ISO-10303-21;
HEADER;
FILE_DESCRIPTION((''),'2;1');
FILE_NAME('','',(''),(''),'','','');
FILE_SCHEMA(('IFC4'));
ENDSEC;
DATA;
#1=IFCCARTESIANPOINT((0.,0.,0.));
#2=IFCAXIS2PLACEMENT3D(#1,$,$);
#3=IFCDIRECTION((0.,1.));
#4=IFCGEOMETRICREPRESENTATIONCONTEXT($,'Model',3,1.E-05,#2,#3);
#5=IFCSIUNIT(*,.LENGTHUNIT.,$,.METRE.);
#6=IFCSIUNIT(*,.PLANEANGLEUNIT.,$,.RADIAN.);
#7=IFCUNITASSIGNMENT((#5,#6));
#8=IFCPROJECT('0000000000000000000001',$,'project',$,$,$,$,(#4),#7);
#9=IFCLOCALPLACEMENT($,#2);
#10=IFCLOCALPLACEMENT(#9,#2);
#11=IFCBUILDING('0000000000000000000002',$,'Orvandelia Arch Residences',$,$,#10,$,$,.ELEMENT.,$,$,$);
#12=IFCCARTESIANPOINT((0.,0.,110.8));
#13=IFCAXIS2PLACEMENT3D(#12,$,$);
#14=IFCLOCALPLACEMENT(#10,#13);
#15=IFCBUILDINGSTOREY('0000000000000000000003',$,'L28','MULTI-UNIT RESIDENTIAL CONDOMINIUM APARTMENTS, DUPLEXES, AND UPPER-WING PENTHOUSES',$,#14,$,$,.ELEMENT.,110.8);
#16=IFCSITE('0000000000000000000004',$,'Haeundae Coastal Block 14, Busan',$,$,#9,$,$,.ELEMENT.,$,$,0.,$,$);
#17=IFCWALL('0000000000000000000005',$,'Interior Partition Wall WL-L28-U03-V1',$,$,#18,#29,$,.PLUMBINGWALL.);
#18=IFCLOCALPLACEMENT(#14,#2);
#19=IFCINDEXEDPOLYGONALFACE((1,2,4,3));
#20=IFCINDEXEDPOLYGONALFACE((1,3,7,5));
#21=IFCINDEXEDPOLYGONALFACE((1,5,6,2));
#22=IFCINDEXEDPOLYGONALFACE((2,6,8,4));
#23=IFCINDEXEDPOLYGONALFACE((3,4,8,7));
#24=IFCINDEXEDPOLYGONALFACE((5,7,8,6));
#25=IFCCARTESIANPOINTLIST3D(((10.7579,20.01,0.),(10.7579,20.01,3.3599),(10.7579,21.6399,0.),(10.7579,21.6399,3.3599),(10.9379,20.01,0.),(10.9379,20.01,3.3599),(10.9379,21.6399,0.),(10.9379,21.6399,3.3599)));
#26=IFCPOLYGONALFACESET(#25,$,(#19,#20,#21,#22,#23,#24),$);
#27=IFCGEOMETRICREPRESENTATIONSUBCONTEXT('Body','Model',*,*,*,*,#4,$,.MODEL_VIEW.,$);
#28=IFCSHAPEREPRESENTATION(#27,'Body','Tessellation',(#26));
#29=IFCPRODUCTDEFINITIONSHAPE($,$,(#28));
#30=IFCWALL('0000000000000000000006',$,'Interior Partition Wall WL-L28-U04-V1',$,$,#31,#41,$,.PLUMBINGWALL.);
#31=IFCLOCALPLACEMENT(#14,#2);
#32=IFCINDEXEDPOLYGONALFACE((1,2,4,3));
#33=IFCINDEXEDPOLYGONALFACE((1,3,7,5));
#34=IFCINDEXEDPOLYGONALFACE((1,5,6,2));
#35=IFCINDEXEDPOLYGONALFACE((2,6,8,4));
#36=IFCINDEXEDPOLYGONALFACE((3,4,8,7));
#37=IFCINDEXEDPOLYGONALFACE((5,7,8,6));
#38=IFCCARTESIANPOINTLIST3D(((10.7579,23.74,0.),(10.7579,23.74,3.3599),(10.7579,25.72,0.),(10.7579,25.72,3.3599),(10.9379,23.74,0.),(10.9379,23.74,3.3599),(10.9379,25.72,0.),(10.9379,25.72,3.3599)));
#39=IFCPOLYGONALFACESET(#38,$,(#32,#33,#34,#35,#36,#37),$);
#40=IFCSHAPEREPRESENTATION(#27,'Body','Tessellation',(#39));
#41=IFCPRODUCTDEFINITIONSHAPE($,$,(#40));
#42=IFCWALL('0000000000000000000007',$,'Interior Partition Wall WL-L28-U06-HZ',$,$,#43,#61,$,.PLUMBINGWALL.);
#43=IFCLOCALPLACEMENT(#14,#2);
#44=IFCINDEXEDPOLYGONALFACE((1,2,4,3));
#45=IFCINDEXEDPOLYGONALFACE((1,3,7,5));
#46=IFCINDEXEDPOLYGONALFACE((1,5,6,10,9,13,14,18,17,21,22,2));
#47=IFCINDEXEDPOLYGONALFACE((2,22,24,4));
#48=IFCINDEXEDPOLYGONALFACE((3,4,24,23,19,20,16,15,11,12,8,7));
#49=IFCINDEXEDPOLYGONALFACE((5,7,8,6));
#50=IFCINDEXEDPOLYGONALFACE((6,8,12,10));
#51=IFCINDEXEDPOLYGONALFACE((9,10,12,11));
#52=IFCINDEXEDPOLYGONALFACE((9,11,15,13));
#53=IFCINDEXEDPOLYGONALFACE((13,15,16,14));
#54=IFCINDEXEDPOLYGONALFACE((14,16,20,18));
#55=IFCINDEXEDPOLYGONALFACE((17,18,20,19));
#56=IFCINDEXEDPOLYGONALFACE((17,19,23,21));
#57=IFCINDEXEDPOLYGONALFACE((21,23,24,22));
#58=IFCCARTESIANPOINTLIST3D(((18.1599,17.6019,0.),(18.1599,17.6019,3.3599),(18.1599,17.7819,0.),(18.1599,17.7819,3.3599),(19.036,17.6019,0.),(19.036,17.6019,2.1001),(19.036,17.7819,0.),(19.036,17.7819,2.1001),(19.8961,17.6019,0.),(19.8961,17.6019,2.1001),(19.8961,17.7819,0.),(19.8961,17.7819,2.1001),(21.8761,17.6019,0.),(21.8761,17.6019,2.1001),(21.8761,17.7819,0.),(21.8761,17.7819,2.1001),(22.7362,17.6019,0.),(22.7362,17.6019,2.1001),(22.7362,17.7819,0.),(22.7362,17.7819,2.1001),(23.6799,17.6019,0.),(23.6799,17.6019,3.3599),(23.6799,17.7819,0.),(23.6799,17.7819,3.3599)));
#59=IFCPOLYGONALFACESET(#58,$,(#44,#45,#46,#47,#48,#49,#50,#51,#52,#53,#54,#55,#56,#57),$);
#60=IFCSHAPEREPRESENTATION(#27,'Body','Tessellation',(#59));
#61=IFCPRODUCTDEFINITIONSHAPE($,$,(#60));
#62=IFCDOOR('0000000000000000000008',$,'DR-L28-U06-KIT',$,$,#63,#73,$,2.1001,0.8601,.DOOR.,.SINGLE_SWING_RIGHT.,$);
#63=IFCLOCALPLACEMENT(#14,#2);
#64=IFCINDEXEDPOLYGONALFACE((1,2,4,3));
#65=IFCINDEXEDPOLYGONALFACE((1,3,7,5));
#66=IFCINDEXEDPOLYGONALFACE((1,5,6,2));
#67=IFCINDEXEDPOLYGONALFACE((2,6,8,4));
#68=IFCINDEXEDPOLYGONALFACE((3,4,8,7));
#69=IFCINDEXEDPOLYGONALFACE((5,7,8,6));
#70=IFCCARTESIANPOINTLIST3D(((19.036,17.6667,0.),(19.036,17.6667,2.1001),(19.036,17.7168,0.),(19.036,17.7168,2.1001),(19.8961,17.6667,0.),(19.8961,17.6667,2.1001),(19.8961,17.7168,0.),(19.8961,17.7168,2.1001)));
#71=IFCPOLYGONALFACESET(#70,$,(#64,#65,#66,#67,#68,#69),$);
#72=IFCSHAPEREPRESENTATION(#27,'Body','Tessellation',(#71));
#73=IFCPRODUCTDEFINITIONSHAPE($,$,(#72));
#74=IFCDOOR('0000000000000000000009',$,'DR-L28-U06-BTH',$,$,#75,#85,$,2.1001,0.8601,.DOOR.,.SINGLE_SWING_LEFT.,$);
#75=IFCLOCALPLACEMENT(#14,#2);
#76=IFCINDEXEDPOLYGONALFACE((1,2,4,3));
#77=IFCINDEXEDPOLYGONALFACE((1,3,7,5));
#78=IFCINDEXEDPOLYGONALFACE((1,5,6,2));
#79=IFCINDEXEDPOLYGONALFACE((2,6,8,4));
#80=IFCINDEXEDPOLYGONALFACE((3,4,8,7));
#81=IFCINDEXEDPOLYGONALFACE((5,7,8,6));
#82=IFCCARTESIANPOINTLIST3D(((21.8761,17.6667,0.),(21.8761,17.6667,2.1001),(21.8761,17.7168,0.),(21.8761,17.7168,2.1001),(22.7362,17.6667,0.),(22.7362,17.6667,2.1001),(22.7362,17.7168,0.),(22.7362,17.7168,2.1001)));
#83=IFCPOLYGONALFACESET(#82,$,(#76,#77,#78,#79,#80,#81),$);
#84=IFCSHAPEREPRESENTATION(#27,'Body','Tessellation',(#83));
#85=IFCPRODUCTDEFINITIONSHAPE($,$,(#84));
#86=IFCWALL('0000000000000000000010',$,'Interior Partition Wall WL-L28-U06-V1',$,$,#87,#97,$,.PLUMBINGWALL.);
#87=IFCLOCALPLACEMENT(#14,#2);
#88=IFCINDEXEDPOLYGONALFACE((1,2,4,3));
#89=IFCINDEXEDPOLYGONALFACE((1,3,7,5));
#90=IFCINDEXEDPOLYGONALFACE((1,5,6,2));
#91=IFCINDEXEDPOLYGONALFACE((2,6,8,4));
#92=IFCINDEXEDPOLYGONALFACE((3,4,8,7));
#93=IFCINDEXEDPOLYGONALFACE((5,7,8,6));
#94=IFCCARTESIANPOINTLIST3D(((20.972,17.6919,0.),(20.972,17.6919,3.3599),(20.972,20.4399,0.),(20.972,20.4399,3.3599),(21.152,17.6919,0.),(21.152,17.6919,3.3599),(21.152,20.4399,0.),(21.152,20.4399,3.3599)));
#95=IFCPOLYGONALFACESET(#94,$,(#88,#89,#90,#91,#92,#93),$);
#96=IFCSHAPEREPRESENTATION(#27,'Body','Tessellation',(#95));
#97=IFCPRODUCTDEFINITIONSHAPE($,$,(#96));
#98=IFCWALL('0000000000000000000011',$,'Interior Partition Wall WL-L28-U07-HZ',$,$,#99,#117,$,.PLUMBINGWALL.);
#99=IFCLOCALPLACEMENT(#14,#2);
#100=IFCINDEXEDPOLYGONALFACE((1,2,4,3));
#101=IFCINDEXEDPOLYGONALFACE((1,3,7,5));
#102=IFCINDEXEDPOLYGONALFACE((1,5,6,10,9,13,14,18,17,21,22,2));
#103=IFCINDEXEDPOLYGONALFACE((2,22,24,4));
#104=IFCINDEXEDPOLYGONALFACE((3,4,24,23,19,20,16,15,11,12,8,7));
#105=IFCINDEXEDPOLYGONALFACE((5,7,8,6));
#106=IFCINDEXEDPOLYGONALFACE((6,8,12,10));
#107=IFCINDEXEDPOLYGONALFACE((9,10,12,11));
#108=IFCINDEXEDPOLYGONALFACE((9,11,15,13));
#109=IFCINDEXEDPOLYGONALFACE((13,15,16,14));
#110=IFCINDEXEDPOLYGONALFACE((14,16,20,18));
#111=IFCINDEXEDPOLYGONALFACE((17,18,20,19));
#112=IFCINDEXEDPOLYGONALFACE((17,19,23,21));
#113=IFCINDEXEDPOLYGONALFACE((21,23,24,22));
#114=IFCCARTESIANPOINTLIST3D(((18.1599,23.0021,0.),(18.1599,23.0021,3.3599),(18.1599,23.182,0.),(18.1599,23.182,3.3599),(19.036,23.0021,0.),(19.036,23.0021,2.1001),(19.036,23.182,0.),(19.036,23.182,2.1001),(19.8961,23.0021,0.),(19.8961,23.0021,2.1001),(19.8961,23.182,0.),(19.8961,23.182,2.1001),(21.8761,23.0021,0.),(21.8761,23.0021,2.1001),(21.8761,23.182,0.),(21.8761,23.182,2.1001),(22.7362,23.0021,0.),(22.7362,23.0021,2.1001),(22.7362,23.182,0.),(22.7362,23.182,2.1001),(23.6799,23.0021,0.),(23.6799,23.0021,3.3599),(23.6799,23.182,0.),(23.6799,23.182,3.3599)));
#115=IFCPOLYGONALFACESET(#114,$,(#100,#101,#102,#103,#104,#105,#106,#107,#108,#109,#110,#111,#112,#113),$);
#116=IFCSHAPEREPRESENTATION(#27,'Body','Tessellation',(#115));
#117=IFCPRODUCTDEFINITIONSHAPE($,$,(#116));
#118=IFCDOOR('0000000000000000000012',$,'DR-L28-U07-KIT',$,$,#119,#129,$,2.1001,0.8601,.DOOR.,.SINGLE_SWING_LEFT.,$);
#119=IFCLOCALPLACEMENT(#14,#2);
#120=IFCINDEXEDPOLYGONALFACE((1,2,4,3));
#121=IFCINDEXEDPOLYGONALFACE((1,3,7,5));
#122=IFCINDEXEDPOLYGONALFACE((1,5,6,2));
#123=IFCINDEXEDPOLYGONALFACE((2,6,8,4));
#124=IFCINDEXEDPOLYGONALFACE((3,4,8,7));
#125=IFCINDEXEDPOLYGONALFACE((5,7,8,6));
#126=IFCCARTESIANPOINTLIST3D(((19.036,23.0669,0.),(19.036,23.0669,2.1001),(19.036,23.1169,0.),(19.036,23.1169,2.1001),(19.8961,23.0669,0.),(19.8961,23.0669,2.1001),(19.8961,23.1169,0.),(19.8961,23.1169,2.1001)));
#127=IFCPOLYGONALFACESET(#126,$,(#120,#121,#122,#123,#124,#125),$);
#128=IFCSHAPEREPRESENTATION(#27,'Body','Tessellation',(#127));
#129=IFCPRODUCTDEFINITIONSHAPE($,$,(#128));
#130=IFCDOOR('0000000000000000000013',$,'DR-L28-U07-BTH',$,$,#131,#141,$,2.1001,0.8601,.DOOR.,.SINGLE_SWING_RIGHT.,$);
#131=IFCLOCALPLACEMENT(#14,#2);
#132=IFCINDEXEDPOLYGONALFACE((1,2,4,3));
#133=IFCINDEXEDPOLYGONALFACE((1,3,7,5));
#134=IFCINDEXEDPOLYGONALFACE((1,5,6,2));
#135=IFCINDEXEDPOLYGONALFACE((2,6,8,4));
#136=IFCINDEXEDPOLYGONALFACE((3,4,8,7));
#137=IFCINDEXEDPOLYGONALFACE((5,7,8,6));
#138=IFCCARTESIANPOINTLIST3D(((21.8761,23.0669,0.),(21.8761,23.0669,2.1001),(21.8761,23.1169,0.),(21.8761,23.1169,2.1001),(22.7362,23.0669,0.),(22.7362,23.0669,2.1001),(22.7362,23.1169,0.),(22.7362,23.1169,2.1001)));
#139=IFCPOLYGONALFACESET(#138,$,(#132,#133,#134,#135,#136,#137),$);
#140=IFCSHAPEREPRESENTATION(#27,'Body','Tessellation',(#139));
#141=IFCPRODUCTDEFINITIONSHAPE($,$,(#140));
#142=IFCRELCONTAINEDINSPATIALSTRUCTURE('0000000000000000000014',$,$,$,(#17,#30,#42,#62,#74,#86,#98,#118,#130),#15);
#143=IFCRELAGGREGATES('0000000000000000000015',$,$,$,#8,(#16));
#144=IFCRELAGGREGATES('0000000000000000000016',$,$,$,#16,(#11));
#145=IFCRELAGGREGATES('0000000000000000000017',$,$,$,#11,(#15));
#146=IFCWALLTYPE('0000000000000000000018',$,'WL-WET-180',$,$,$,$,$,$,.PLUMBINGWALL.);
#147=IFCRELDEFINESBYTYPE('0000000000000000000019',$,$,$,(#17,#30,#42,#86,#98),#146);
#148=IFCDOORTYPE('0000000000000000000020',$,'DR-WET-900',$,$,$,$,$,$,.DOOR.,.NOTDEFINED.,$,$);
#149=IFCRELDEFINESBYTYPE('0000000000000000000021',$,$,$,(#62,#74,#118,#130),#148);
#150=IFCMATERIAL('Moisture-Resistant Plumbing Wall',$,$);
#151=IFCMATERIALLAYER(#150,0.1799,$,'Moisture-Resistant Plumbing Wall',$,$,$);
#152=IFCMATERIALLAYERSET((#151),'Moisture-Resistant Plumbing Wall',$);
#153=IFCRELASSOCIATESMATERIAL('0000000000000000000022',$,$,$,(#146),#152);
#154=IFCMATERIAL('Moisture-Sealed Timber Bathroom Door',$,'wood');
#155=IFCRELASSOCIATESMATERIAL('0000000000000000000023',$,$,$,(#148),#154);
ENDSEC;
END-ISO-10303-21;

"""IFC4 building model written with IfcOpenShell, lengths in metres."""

from ifc_helpers import new_model, si_unit, direction, frame, frame_2d, origin, place, context, subcontext, project, spatial, rectangle, extrude, material, layer, layer_set, type_object, element, fill, save


model = new_model("IFC4")

# Units and contexts
model_context = context("Model", 3, precision=1e-05, world=origin(), true_north=direction((0.0, 1.0)))
body_context = subcontext(model_context, "Body", "Model", "MODEL_VIEW")
ifc_project = project(units=[si_unit("LENGTHUNIT", "METRE"), si_unit("PLANEANGLEUNIT", "RADIAN")], contexts=[model_context])

# Site, building, storey
site_placement = place(None, origin())
site = spatial("IfcSite", under=ifc_project, at=site_placement, Name="Haeundae Coastal Block 14, Busan", CompositionType="ELEMENT", RefElevation=0.0)
building_placement = place(site_placement, origin())
building = spatial("IfcBuilding", under=site, at=building_placement, Name="Orvandelia Arch Residences", CompositionType="ELEMENT")
storey_placement = place(building_placement, frame((0.0, 0.0, 110.8)))
storey = spatial("IfcBuildingStorey", under=building, at=storey_placement, Name="L28", Description="MULTI-UNIT RESIDENTIAL CONDOMINIUM APARTMENTS, DUPLEXES, AND UPPER-WING PENTHOUSES", CompositionType="ELEMENT", Elevation=110.8)

# Walls
ifc_material_1 = material(Name="Moisture-Resistant Plumbing Wall")
ifc_layer_1 = layer(ifc_material_1, 0.1799, Name="Moisture-Resistant Plumbing Wall")
ifc_layer_set_1 = layer_set([ifc_layer_1], Name="Moisture-Resistant Plumbing Wall")
wall_type_1 = type_object("IfcWallType", Name="WL-WET-180", PredefinedType="PLUMBINGWALL", material=ifc_layer_set_1)
wall_1_placement = place(storey_placement, frame((10.8479, 20.01, 0.0), z_axis=(0.0, 0.0, 1.0), x_axis=(0.0, 1.0, 0.0)))
element("IfcWall", 1, at=wall_1_placement, inside=storey, type_object=wall_type_1, Name="Interior Partition Wall WL-L28-U03-V1", PredefinedType="PLUMBINGWALL", context=body_context, shape_type="SweptSolid", body=[
    extrude(rectangle(XDim=1.6299, YDim=0.1799, at=frame_2d((0.8149, 0.0))), origin(), (0.0, 0.0, 1.0), 3.3599),
])
wall_2_placement = place(storey_placement, frame((10.8479, 23.74, 0.0), z_axis=(0.0, 0.0, 1.0), x_axis=(0.0, 1.0, 0.0)))
element("IfcWall", 2, at=wall_2_placement, inside=storey, type_object=wall_type_1, Name="Interior Partition Wall WL-L28-U04-V1", PredefinedType="PLUMBINGWALL", context=body_context, shape_type="SweptSolid", body=[
    extrude(rectangle(XDim=1.98, YDim=0.1799, at=frame_2d((0.99, 0.0))), origin(), (0.0, 0.0, 1.0), 3.3599),
])

# Wall, openings, doors
wall_3_placement = place(storey_placement, frame((18.1599, 17.6919, 0.0), z_axis=(0.0, 0.0, 1.0), x_axis=(1.0, 0.0, 0.0)))
wall_3 = element("IfcWall", 3, at=wall_3_placement, inside=storey, type_object=wall_type_1, Name="Interior Partition Wall WL-L28-U06-HZ", PredefinedType="PLUMBINGWALL", context=body_context, shape_type="SweptSolid", body=[
    extrude(rectangle(XDim=5.52, YDim=0.1799, at=frame_2d((2.76, 0.0))), origin(), (0.0, 0.0, 1.0), 3.3599),
])
opening_1_placement = place(wall_3_placement, frame((0.876, 0.0, 0.0)))
opening_1 = element("IfcOpeningElement", 4, at=opening_1_placement, cuts=wall_3, PredefinedType="OPENING", context=body_context, shape_type="SweptSolid", body=[
    extrude(rectangle(XDim=0.8601, YDim=2.1001, at=frame_2d((0.4302, 1.05))), frame((0.0, 0.1001, 0.0), z_axis=(0.0, -1.0, 0.0), x_axis=(1.0, 0.0, 0.0)), (0.0, 0.0, 1.0), 0.2),
])
opening_2_placement = place(wall_3_placement, frame((3.7161, 0.0, 0.0)))
opening_2 = element("IfcOpeningElement", 5, at=opening_2_placement, cuts=wall_3, PredefinedType="OPENING", context=body_context, shape_type="SweptSolid", body=[
    extrude(rectangle(XDim=0.8601, YDim=2.1001, at=frame_2d((0.4302, 1.05))), frame((0.0, 0.1001, 0.0), z_axis=(0.0, -1.0, 0.0), x_axis=(1.0, 0.0, 0.0)), (0.0, 0.0, 1.0), 0.2),
])
ifc_material_2 = material(Name="Moisture-Sealed Timber Bathroom Door", Category="wood")
door_type_1 = type_object("IfcDoorType", Name="DR-WET-900", OperationType="NOTDEFINED", PredefinedType="DOOR", material=ifc_material_2)
door_1_placement = place(opening_1_placement, origin())
door_1 = element("IfcDoor", 6, at=door_1_placement, inside=storey, type_object=door_type_1, Name="DR-L28-U06-KIT", OperationType="SINGLE_SWING_RIGHT", OverallHeight=2.1001, OverallWidth=0.8601, PredefinedType="DOOR", context=body_context, shape_type="SweptSolid", body=[
    extrude(rectangle(XDim=0.8601, YDim=2.1001, at=frame_2d((0.4302, 1.05))), frame((0.0, 0.0249, 0.0), z_axis=(0.0, -1.0, 0.0), x_axis=(1.0, 0.0, 0.0)), (0.0, 0.0, 1.0), 0.05),
])
fill(opening_1, door_1)
door_2_placement = place(opening_2_placement, origin())
door_2 = element("IfcDoor", 7, at=door_2_placement, inside=storey, type_object=door_type_1, Name="DR-L28-U06-BTH", OperationType="SINGLE_SWING_LEFT", OverallHeight=2.1001, OverallWidth=0.8601, PredefinedType="DOOR", context=body_context, shape_type="SweptSolid", body=[
    extrude(rectangle(XDim=0.8601, YDim=2.1001, at=frame_2d((0.4302, 1.05))), frame((0.0, 0.0249, 0.0), z_axis=(0.0, -1.0, 0.0), x_axis=(1.0, 0.0, 0.0)), (0.0, 0.0, 1.0), 0.05),
])
fill(opening_2, door_2)

# Wall
wall_4_placement = place(storey_placement, frame((21.062, 17.6919, 0.0), z_axis=(0.0, 0.0, 1.0), x_axis=(0.0, 1.0, 0.0)))
element("IfcWall", 8, at=wall_4_placement, inside=storey, type_object=wall_type_1, Name="Interior Partition Wall WL-L28-U06-V1", PredefinedType="PLUMBINGWALL", context=body_context, shape_type="SweptSolid", body=[
    extrude(rectangle(XDim=2.748, YDim=0.1799, at=frame_2d((1.374, 0.0))), origin(), (0.0, 0.0, 1.0), 3.3599),
])

# Wall, openings, doors
wall_5_placement = place(storey_placement, frame((18.1599, 23.092, 0.0), z_axis=(0.0, 0.0, 1.0), x_axis=(1.0, 0.0, 0.0)))
wall_5 = element("IfcWall", 9, at=wall_5_placement, inside=storey, type_object=wall_type_1, Name="Interior Partition Wall WL-L28-U07-HZ", PredefinedType="PLUMBINGWALL", context=body_context, shape_type="SweptSolid", body=[
    extrude(rectangle(XDim=5.52, YDim=0.1799, at=frame_2d((2.76, 0.0))), origin(), (0.0, 0.0, 1.0), 3.3599),
])
opening_3_placement = place(wall_5_placement, frame((0.876, 0.0, 0.0)))
opening_3 = element("IfcOpeningElement", 10, at=opening_3_placement, cuts=wall_5, PredefinedType="OPENING", context=body_context, shape_type="SweptSolid", body=[
    extrude(rectangle(XDim=0.8601, YDim=2.1001, at=frame_2d((0.4302, 1.05))), frame((0.0, 0.1001, 0.0), z_axis=(0.0, -1.0, 0.0), x_axis=(1.0, 0.0, 0.0)), (0.0, 0.0, 1.0), 0.2),
])
opening_4_placement = place(wall_5_placement, frame((3.7161, 0.0, 0.0)))
opening_4 = element("IfcOpeningElement", 11, at=opening_4_placement, cuts=wall_5, PredefinedType="OPENING", context=body_context, shape_type="SweptSolid", body=[
    extrude(rectangle(XDim=0.8601, YDim=2.1001, at=frame_2d((0.4302, 1.05))), frame((0.0, 0.1001, 0.0), z_axis=(0.0, -1.0, 0.0), x_axis=(1.0, 0.0, 0.0)), (0.0, 0.0, 1.0), 0.2),
])
door_3_placement = place(opening_3_placement, origin())
door_3 = element("IfcDoor", 12, at=door_3_placement, inside=storey, type_object=door_type_1, Name="DR-L28-U07-KIT", OperationType="SINGLE_SWING_LEFT", OverallHeight=2.1001, OverallWidth=0.8601, PredefinedType="DOOR", context=body_context, shape_type="SweptSolid", body=[
    extrude(rectangle(XDim=0.8601, YDim=2.1001, at=frame_2d((0.4302, 1.05))), frame((0.0, 0.0249, 0.0), z_axis=(0.0, -1.0, 0.0), x_axis=(1.0, 0.0, 0.0)), (0.0, 0.0, 1.0), 0.05),
])
fill(opening_3, door_3)
door_4_placement = place(opening_4_placement, origin())
door_4 = element("IfcDoor", 13, at=door_4_placement, inside=storey, type_object=door_type_1, Name="DR-L28-U07-BTH", OperationType="SINGLE_SWING_RIGHT", OverallHeight=2.1001, OverallWidth=0.8601, PredefinedType="DOOR", context=body_context, shape_type="SweptSolid", body=[
    extrude(rectangle(XDim=0.8601, YDim=2.1001, at=frame_2d((0.4302, 1.05))), frame((0.0, 0.0249, 0.0), z_axis=(0.0, -1.0, 0.0), x_axis=(1.0, 0.0, 0.0)), (0.0, 0.0, 1.0), 0.05),
])
fill(opening_4, door_4)

save(model, "model.ifc")
